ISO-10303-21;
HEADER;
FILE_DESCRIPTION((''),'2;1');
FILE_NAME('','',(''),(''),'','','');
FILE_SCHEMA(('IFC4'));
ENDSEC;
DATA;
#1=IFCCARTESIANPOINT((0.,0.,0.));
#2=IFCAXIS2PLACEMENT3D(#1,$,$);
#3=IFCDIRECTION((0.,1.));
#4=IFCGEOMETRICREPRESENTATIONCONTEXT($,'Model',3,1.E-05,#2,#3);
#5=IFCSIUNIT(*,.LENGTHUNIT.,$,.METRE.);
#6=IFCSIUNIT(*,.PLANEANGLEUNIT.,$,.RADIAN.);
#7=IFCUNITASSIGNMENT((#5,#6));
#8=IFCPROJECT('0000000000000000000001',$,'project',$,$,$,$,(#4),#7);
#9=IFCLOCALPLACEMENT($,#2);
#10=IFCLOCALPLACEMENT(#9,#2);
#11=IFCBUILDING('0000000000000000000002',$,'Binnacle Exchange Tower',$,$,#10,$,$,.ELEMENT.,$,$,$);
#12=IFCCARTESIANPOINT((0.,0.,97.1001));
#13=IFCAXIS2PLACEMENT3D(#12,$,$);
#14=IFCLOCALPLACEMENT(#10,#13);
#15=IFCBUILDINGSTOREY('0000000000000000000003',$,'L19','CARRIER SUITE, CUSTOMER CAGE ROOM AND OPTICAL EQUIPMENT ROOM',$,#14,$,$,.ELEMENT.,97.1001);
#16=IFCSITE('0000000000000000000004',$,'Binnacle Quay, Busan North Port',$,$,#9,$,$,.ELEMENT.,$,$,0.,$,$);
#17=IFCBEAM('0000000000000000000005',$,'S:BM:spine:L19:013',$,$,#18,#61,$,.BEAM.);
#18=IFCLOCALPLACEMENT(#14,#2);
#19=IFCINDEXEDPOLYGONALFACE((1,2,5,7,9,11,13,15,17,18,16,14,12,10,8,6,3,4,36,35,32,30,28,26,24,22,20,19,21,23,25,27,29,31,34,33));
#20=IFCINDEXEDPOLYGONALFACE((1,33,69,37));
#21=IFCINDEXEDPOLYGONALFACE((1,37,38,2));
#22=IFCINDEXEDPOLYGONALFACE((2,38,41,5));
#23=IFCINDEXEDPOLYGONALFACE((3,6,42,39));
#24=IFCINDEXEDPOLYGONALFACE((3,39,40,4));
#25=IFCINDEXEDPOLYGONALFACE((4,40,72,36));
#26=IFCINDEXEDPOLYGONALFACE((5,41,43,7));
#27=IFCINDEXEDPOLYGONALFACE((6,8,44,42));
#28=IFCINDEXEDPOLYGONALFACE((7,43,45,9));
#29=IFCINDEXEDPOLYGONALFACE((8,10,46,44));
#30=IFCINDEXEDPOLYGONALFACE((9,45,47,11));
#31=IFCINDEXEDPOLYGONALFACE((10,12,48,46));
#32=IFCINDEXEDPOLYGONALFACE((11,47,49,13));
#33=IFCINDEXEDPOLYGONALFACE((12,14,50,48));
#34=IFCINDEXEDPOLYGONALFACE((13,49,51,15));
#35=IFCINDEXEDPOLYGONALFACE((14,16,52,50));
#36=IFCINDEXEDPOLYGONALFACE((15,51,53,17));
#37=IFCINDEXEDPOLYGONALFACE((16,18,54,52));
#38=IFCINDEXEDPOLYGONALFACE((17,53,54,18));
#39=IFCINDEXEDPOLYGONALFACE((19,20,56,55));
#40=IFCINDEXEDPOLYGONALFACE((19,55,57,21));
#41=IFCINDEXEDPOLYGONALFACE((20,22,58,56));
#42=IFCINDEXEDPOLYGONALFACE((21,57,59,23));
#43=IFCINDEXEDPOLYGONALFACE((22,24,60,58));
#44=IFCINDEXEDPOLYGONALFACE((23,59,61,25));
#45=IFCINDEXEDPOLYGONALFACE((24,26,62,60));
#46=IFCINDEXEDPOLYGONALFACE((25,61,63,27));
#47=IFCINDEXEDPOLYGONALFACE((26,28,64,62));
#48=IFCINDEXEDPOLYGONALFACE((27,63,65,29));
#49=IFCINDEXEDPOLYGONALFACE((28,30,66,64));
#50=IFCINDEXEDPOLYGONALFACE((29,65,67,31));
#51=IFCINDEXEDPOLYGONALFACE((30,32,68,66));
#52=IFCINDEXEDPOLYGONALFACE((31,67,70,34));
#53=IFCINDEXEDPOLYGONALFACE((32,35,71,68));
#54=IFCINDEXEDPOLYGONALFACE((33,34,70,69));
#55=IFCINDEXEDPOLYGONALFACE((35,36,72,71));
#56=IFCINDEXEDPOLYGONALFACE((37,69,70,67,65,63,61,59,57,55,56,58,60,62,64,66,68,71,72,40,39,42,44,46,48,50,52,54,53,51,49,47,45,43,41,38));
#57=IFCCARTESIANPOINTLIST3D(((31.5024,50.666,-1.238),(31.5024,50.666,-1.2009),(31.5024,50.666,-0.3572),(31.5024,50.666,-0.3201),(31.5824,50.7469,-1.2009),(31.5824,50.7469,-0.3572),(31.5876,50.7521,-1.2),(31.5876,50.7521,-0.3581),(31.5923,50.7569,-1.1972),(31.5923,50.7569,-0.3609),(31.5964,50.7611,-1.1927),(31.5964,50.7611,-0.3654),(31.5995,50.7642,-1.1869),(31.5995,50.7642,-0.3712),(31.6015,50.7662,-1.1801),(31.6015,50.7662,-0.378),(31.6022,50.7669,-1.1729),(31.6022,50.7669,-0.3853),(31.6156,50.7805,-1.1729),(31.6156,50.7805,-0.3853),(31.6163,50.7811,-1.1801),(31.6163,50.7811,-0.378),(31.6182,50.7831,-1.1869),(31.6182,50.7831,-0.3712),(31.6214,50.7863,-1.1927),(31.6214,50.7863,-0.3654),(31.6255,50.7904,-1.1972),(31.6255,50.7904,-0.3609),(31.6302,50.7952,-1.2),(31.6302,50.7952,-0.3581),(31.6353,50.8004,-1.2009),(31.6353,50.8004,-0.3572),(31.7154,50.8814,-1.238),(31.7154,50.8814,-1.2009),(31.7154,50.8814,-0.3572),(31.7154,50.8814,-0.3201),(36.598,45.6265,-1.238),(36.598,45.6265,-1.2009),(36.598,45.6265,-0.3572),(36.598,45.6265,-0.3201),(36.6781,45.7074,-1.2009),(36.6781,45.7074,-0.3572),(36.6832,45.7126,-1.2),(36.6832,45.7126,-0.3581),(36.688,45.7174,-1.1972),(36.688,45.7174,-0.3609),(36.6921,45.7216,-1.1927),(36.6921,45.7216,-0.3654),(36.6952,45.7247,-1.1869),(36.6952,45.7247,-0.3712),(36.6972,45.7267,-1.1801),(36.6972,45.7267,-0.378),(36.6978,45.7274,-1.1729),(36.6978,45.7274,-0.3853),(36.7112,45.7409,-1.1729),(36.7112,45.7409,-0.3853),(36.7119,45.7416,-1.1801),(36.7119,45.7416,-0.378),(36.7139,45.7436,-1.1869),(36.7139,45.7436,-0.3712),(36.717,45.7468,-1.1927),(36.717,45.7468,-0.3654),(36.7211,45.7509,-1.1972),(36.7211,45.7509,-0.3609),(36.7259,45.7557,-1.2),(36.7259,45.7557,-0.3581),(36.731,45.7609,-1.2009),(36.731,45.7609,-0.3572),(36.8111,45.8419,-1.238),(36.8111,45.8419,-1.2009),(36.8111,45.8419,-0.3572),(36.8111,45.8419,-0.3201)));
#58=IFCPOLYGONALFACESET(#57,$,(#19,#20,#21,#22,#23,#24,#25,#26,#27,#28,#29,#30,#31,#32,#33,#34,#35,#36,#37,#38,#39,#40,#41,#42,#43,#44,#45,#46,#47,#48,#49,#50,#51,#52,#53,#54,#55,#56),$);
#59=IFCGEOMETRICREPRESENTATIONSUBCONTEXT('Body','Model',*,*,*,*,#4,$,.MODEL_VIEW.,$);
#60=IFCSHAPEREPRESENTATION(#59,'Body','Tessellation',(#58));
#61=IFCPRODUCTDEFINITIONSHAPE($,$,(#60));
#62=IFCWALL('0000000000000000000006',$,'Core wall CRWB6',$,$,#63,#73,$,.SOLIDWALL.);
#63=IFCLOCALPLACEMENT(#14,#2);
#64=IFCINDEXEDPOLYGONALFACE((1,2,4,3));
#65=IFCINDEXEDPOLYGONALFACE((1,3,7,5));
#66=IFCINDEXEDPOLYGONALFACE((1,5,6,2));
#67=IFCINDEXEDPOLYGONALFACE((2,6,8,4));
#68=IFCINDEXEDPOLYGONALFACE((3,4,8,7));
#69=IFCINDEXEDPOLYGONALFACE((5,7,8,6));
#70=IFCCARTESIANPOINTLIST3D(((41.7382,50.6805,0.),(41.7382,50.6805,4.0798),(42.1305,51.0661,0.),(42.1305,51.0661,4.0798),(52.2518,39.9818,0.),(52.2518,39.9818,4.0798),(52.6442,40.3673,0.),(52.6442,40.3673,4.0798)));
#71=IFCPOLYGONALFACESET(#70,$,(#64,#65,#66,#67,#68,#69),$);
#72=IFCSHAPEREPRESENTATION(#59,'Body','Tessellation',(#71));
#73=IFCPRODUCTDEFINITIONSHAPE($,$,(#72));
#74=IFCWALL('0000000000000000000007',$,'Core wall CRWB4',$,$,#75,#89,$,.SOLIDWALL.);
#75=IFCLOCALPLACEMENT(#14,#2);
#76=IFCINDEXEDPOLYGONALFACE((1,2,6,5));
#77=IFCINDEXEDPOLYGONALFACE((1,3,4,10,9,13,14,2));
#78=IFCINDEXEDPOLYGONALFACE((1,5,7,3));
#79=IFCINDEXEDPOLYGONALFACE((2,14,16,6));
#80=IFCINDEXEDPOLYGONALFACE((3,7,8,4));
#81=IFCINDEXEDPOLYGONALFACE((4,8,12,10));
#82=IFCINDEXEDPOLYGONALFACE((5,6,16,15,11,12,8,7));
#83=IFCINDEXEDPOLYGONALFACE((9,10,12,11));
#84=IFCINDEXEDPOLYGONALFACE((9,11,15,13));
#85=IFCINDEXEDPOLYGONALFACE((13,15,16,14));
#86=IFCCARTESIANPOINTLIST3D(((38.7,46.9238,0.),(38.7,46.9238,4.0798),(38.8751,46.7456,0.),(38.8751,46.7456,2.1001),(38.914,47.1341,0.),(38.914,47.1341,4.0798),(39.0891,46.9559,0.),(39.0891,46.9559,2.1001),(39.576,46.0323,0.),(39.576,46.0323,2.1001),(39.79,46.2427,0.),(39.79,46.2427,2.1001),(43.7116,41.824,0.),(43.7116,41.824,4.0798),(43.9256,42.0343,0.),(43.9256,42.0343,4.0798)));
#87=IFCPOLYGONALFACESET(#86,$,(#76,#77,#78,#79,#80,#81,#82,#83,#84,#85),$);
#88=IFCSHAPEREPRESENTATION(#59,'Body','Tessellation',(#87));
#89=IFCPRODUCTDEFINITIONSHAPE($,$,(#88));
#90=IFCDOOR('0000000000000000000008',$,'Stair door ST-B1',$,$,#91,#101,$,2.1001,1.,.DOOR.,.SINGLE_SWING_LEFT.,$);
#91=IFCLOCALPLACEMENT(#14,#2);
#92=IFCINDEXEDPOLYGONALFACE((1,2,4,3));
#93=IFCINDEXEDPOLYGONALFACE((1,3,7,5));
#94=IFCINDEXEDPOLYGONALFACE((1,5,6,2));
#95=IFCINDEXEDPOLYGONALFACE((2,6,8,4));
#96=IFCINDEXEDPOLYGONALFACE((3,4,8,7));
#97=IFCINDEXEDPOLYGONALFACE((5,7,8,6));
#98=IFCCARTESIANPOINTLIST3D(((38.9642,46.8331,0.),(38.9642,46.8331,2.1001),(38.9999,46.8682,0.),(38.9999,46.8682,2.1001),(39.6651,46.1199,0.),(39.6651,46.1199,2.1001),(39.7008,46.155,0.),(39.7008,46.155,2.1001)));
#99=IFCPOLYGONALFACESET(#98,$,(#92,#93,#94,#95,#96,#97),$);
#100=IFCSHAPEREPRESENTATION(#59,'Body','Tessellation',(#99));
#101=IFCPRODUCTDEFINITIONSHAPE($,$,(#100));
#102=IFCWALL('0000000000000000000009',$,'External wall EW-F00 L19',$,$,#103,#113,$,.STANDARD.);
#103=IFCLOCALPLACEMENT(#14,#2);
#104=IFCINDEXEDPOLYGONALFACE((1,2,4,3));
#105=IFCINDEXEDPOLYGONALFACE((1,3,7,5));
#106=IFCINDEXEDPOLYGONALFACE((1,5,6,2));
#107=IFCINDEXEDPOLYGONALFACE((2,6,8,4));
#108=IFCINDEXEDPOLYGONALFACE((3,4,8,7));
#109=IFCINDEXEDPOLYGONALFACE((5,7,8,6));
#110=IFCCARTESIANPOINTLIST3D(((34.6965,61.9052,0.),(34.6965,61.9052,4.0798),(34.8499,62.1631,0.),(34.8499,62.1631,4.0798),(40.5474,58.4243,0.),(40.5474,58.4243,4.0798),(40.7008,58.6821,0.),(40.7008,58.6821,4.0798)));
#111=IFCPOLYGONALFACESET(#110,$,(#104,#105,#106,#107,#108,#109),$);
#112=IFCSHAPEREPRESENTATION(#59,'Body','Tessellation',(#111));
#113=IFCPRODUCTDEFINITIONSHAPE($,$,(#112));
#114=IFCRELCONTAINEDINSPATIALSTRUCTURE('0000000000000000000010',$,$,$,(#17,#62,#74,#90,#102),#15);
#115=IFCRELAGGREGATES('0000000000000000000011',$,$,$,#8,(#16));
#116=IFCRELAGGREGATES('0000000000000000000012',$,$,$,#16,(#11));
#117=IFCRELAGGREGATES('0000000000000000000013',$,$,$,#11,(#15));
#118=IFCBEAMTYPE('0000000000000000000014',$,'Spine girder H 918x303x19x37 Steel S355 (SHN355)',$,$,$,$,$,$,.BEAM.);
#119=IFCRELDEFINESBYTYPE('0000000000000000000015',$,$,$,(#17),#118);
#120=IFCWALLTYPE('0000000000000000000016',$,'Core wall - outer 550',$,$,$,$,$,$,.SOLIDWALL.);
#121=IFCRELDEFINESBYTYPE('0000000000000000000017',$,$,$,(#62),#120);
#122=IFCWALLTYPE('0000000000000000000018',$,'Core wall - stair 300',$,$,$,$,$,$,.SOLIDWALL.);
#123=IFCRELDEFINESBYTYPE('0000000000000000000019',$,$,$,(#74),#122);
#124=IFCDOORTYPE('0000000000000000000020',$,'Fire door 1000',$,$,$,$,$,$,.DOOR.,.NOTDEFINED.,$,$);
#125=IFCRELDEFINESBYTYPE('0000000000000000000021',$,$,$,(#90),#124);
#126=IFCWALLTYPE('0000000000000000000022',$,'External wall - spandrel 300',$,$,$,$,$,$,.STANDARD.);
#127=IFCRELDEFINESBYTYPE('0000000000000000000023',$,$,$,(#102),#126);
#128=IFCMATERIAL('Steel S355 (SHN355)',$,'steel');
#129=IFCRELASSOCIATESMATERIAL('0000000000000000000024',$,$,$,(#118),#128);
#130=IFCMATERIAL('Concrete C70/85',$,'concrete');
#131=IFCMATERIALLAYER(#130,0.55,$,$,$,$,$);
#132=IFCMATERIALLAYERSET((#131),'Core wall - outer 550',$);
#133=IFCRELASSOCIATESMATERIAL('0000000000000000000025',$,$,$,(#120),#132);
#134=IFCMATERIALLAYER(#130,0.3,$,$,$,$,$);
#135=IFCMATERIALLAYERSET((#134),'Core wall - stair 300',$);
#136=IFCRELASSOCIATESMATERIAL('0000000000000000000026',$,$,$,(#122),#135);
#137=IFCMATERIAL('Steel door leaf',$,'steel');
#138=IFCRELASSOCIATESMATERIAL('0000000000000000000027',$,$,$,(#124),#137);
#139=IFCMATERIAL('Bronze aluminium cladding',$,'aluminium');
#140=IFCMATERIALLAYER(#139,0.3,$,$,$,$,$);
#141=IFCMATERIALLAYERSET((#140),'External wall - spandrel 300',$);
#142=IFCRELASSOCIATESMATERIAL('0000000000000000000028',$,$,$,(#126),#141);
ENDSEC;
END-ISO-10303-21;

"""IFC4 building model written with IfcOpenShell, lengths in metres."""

from ifc_helpers import new_model, si_unit, direction, frame, frame_2d, origin, origin_2d, place, context, subcontext, project, spatial, rectangle, i_section, extrude, material, layer, layer_set, material_profile, profile_set, type_object, element, fill, save


model = new_model("IFC4")

# Units and contexts
model_context = context("Model", 3, precision=1e-05, world=origin(), true_north=direction((0.0, 1.0)))
body_context = subcontext(model_context, "Body", "Model", "MODEL_VIEW")
ifc_project = project(units=[si_unit("LENGTHUNIT", "METRE"), si_unit("PLANEANGLEUNIT", "RADIAN")], contexts=[model_context])

# Site, building, storey
site_placement = place(None, origin())
site = spatial("IfcSite", under=ifc_project, at=site_placement, Name="Binnacle Quay, Busan North Port", CompositionType="ELEMENT", RefElevation=0.0)
building_placement = place(site_placement, origin())
building = spatial("IfcBuilding", under=site, at=building_placement, Name="Binnacle Exchange Tower", CompositionType="ELEMENT")
storey_placement = place(building_placement, frame((0.0, 0.0, 97.1001)))
storey = spatial("IfcBuildingStorey", under=building, at=storey_placement, Name="L19", Description="CARRIER SUITE, CUSTOMER CAGE ROOM AND OPTICAL EQUIPMENT ROOM", CompositionType="ELEMENT", Elevation=97.1001)

# Shared definitions
ifc_material_1 = material(Name="Concrete C70/85", Category="concrete")

# Beam
ifc_material_2 = material(Name="Steel S355 (SHN355)", Category="steel")
ifc_material_profile_1 = material_profile(ifc_material_2, i_section(OverallWidth=0.303, OverallDepth=0.918, WebThickness=0.019, FlangeThickness=0.0371, FilletRadius=0.0281, at=origin_2d()), Name="H 918x303x19x37")
ifc_profile_set_1 = profile_set([ifc_material_profile_1], Name="Steel S355 (SHN355)")
beam_type_1 = type_object("IfcBeamType", Name="Spine girder H 918x303x19x37 Steel S355 (SHN355)", PredefinedType="BEAM", material=ifc_profile_set_1)
beam_1_placement = place(storey_placement, frame((31.6089, 50.7737, -0.7791), z_axis=(0.711013, -0.703178, 0.0), x_axis=(0.703178, 0.711013, 0.0)))
element("IfcBeam", 1, at=beam_1_placement, inside=storey, type_object=beam_type_1, Name="S:BM:spine:L19:013", PredefinedType="BEAM", context=body_context, shape_type="SweptSolid", body=[
    extrude(i_section(OverallWidth=0.303, OverallDepth=0.918, WebThickness=0.019, FlangeThickness=0.0371, FilletRadius=0.0281, at=origin_2d()), origin(), (0.0, 0.0, 1.0), 7.1667),
])

# Wall
ifc_layer_1 = layer(ifc_material_1, 0.55)
ifc_layer_set_1 = layer_set([ifc_layer_1], Name="Core wall - outer 550")
wall_type_1 = type_object("IfcWallType", Name="Core wall - outer 550", PredefinedType="SOLIDWALL", material=ifc_layer_set_1)
wall_1_placement = place(storey_placement, frame((41.9343, 50.8733, 0.0), z_axis=(0.0, 0.0, 1.0), x_axis=(0.700911, -0.713248, 0.0)))
element("IfcWall", 2, at=wall_1_placement, inside=storey, type_object=wall_type_1, Name="Core wall CRWB6", PredefinedType="SOLIDWALL", context=body_context, shape_type="SweptSolid", body=[
    extrude(rectangle(XDim=15.0, YDim=0.55, at=frame_2d((7.5, 0.0))), origin(), (0.0, 0.0, 1.0), 4.0798),
])

# Wall, opening, door
ifc_layer_2 = layer(ifc_material_1, 0.3)
ifc_layer_set_2 = layer_set([ifc_layer_2], Name="Core wall - stair 300")
wall_type_2 = type_object("IfcWallType", Name="Core wall - stair 300", PredefinedType="SOLIDWALL", material=ifc_layer_set_2)
wall_2_placement = place(storey_placement, frame((38.8069, 47.0291, 0.0), z_axis=(0.0, 0.0, 1.0), x_axis=(0.700917, -0.713243, 0.0)))
wall_2 = element("IfcWall", 3, at=wall_2_placement, inside=storey, type_object=wall_type_2, Name="Core wall CRWB4", PredefinedType="SOLIDWALL", context=body_context, shape_type="SweptSolid", body=[
    extrude(rectangle(XDim=7.1501, YDim=0.3, at=frame_2d((3.5752, 0.0))), origin(), (0.0, 0.0, 1.0), 4.0798),
])
opening_1_placement = place(wall_2_placement, frame((0.25, 0.0, 0.0)))
opening_1 = element("IfcOpeningElement", 4, at=opening_1_placement, cuts=wall_2, PredefinedType="OPENING", context=body_context, shape_type="SweptSolid", body=[
    extrude(rectangle(XDim=1.0, YDim=2.1001, at=frame_2d((0.5, 1.05))), frame((0.0, 0.1599, 0.0), z_axis=(0.0, -1.0, 0.0), x_axis=(1.0, 0.0, 0.0)), (0.0, 0.0, 1.0), 0.3201),
])
ifc_material_3 = material(Name="Steel door leaf", Category="steel")
door_type = type_object("IfcDoorType", Name="Fire door 1000", OperationType="NOTDEFINED", PredefinedType="DOOR", material=ifc_material_3)
door_placement = place(opening_1_placement, origin())
door = element("IfcDoor", 5, at=door_placement, inside=storey, type_object=door_type, Name="Stair door ST-B1", OperationType="SINGLE_SWING_LEFT", OverallHeight=2.1001, OverallWidth=1.0, PredefinedType="DOOR", context=body_context, shape_type="SweptSolid", body=[
    extrude(rectangle(XDim=1.0, YDim=2.1001, at=frame_2d((0.5, 1.05))), frame((0.0, 0.0249, 0.0), z_axis=(0.0, -1.0, 0.0), x_axis=(1.0, 0.0, 0.0)), (0.0, 0.0, 1.0), 0.05),
])
fill(opening_1, door)

# Wall
ifc_material_4 = material(Name="Bronze aluminium cladding", Category="aluminium")
ifc_layer_3 = layer(ifc_material_4, 0.3)
ifc_layer_set_3 = layer_set([ifc_layer_3], Name="External wall - spandrel 300")
wall_type_3 = type_object("IfcWallType", Name="External wall - spandrel 300", PredefinedType="STANDARD", material=ifc_layer_set_3)
wall_3_placement = place(storey_placement, frame((34.7732, 62.0342, 0.0), z_axis=(0.0, 0.0, 1.0), x_axis=(0.859401, -0.511302, 0.0)))
element("IfcWall", 6, at=wall_3_placement, inside=storey, type_object=wall_type_3, Name="External wall EW-F00 L19", PredefinedType="STANDARD", context=body_context, shape_type="SweptSolid", body=[
    extrude(rectangle(XDim=6.8081, YDim=0.3, at=frame_2d((3.4041, 0.0))), origin(), (0.0, 0.0, 1.0), 4.0798),
])

save(model, "model.ifc")
